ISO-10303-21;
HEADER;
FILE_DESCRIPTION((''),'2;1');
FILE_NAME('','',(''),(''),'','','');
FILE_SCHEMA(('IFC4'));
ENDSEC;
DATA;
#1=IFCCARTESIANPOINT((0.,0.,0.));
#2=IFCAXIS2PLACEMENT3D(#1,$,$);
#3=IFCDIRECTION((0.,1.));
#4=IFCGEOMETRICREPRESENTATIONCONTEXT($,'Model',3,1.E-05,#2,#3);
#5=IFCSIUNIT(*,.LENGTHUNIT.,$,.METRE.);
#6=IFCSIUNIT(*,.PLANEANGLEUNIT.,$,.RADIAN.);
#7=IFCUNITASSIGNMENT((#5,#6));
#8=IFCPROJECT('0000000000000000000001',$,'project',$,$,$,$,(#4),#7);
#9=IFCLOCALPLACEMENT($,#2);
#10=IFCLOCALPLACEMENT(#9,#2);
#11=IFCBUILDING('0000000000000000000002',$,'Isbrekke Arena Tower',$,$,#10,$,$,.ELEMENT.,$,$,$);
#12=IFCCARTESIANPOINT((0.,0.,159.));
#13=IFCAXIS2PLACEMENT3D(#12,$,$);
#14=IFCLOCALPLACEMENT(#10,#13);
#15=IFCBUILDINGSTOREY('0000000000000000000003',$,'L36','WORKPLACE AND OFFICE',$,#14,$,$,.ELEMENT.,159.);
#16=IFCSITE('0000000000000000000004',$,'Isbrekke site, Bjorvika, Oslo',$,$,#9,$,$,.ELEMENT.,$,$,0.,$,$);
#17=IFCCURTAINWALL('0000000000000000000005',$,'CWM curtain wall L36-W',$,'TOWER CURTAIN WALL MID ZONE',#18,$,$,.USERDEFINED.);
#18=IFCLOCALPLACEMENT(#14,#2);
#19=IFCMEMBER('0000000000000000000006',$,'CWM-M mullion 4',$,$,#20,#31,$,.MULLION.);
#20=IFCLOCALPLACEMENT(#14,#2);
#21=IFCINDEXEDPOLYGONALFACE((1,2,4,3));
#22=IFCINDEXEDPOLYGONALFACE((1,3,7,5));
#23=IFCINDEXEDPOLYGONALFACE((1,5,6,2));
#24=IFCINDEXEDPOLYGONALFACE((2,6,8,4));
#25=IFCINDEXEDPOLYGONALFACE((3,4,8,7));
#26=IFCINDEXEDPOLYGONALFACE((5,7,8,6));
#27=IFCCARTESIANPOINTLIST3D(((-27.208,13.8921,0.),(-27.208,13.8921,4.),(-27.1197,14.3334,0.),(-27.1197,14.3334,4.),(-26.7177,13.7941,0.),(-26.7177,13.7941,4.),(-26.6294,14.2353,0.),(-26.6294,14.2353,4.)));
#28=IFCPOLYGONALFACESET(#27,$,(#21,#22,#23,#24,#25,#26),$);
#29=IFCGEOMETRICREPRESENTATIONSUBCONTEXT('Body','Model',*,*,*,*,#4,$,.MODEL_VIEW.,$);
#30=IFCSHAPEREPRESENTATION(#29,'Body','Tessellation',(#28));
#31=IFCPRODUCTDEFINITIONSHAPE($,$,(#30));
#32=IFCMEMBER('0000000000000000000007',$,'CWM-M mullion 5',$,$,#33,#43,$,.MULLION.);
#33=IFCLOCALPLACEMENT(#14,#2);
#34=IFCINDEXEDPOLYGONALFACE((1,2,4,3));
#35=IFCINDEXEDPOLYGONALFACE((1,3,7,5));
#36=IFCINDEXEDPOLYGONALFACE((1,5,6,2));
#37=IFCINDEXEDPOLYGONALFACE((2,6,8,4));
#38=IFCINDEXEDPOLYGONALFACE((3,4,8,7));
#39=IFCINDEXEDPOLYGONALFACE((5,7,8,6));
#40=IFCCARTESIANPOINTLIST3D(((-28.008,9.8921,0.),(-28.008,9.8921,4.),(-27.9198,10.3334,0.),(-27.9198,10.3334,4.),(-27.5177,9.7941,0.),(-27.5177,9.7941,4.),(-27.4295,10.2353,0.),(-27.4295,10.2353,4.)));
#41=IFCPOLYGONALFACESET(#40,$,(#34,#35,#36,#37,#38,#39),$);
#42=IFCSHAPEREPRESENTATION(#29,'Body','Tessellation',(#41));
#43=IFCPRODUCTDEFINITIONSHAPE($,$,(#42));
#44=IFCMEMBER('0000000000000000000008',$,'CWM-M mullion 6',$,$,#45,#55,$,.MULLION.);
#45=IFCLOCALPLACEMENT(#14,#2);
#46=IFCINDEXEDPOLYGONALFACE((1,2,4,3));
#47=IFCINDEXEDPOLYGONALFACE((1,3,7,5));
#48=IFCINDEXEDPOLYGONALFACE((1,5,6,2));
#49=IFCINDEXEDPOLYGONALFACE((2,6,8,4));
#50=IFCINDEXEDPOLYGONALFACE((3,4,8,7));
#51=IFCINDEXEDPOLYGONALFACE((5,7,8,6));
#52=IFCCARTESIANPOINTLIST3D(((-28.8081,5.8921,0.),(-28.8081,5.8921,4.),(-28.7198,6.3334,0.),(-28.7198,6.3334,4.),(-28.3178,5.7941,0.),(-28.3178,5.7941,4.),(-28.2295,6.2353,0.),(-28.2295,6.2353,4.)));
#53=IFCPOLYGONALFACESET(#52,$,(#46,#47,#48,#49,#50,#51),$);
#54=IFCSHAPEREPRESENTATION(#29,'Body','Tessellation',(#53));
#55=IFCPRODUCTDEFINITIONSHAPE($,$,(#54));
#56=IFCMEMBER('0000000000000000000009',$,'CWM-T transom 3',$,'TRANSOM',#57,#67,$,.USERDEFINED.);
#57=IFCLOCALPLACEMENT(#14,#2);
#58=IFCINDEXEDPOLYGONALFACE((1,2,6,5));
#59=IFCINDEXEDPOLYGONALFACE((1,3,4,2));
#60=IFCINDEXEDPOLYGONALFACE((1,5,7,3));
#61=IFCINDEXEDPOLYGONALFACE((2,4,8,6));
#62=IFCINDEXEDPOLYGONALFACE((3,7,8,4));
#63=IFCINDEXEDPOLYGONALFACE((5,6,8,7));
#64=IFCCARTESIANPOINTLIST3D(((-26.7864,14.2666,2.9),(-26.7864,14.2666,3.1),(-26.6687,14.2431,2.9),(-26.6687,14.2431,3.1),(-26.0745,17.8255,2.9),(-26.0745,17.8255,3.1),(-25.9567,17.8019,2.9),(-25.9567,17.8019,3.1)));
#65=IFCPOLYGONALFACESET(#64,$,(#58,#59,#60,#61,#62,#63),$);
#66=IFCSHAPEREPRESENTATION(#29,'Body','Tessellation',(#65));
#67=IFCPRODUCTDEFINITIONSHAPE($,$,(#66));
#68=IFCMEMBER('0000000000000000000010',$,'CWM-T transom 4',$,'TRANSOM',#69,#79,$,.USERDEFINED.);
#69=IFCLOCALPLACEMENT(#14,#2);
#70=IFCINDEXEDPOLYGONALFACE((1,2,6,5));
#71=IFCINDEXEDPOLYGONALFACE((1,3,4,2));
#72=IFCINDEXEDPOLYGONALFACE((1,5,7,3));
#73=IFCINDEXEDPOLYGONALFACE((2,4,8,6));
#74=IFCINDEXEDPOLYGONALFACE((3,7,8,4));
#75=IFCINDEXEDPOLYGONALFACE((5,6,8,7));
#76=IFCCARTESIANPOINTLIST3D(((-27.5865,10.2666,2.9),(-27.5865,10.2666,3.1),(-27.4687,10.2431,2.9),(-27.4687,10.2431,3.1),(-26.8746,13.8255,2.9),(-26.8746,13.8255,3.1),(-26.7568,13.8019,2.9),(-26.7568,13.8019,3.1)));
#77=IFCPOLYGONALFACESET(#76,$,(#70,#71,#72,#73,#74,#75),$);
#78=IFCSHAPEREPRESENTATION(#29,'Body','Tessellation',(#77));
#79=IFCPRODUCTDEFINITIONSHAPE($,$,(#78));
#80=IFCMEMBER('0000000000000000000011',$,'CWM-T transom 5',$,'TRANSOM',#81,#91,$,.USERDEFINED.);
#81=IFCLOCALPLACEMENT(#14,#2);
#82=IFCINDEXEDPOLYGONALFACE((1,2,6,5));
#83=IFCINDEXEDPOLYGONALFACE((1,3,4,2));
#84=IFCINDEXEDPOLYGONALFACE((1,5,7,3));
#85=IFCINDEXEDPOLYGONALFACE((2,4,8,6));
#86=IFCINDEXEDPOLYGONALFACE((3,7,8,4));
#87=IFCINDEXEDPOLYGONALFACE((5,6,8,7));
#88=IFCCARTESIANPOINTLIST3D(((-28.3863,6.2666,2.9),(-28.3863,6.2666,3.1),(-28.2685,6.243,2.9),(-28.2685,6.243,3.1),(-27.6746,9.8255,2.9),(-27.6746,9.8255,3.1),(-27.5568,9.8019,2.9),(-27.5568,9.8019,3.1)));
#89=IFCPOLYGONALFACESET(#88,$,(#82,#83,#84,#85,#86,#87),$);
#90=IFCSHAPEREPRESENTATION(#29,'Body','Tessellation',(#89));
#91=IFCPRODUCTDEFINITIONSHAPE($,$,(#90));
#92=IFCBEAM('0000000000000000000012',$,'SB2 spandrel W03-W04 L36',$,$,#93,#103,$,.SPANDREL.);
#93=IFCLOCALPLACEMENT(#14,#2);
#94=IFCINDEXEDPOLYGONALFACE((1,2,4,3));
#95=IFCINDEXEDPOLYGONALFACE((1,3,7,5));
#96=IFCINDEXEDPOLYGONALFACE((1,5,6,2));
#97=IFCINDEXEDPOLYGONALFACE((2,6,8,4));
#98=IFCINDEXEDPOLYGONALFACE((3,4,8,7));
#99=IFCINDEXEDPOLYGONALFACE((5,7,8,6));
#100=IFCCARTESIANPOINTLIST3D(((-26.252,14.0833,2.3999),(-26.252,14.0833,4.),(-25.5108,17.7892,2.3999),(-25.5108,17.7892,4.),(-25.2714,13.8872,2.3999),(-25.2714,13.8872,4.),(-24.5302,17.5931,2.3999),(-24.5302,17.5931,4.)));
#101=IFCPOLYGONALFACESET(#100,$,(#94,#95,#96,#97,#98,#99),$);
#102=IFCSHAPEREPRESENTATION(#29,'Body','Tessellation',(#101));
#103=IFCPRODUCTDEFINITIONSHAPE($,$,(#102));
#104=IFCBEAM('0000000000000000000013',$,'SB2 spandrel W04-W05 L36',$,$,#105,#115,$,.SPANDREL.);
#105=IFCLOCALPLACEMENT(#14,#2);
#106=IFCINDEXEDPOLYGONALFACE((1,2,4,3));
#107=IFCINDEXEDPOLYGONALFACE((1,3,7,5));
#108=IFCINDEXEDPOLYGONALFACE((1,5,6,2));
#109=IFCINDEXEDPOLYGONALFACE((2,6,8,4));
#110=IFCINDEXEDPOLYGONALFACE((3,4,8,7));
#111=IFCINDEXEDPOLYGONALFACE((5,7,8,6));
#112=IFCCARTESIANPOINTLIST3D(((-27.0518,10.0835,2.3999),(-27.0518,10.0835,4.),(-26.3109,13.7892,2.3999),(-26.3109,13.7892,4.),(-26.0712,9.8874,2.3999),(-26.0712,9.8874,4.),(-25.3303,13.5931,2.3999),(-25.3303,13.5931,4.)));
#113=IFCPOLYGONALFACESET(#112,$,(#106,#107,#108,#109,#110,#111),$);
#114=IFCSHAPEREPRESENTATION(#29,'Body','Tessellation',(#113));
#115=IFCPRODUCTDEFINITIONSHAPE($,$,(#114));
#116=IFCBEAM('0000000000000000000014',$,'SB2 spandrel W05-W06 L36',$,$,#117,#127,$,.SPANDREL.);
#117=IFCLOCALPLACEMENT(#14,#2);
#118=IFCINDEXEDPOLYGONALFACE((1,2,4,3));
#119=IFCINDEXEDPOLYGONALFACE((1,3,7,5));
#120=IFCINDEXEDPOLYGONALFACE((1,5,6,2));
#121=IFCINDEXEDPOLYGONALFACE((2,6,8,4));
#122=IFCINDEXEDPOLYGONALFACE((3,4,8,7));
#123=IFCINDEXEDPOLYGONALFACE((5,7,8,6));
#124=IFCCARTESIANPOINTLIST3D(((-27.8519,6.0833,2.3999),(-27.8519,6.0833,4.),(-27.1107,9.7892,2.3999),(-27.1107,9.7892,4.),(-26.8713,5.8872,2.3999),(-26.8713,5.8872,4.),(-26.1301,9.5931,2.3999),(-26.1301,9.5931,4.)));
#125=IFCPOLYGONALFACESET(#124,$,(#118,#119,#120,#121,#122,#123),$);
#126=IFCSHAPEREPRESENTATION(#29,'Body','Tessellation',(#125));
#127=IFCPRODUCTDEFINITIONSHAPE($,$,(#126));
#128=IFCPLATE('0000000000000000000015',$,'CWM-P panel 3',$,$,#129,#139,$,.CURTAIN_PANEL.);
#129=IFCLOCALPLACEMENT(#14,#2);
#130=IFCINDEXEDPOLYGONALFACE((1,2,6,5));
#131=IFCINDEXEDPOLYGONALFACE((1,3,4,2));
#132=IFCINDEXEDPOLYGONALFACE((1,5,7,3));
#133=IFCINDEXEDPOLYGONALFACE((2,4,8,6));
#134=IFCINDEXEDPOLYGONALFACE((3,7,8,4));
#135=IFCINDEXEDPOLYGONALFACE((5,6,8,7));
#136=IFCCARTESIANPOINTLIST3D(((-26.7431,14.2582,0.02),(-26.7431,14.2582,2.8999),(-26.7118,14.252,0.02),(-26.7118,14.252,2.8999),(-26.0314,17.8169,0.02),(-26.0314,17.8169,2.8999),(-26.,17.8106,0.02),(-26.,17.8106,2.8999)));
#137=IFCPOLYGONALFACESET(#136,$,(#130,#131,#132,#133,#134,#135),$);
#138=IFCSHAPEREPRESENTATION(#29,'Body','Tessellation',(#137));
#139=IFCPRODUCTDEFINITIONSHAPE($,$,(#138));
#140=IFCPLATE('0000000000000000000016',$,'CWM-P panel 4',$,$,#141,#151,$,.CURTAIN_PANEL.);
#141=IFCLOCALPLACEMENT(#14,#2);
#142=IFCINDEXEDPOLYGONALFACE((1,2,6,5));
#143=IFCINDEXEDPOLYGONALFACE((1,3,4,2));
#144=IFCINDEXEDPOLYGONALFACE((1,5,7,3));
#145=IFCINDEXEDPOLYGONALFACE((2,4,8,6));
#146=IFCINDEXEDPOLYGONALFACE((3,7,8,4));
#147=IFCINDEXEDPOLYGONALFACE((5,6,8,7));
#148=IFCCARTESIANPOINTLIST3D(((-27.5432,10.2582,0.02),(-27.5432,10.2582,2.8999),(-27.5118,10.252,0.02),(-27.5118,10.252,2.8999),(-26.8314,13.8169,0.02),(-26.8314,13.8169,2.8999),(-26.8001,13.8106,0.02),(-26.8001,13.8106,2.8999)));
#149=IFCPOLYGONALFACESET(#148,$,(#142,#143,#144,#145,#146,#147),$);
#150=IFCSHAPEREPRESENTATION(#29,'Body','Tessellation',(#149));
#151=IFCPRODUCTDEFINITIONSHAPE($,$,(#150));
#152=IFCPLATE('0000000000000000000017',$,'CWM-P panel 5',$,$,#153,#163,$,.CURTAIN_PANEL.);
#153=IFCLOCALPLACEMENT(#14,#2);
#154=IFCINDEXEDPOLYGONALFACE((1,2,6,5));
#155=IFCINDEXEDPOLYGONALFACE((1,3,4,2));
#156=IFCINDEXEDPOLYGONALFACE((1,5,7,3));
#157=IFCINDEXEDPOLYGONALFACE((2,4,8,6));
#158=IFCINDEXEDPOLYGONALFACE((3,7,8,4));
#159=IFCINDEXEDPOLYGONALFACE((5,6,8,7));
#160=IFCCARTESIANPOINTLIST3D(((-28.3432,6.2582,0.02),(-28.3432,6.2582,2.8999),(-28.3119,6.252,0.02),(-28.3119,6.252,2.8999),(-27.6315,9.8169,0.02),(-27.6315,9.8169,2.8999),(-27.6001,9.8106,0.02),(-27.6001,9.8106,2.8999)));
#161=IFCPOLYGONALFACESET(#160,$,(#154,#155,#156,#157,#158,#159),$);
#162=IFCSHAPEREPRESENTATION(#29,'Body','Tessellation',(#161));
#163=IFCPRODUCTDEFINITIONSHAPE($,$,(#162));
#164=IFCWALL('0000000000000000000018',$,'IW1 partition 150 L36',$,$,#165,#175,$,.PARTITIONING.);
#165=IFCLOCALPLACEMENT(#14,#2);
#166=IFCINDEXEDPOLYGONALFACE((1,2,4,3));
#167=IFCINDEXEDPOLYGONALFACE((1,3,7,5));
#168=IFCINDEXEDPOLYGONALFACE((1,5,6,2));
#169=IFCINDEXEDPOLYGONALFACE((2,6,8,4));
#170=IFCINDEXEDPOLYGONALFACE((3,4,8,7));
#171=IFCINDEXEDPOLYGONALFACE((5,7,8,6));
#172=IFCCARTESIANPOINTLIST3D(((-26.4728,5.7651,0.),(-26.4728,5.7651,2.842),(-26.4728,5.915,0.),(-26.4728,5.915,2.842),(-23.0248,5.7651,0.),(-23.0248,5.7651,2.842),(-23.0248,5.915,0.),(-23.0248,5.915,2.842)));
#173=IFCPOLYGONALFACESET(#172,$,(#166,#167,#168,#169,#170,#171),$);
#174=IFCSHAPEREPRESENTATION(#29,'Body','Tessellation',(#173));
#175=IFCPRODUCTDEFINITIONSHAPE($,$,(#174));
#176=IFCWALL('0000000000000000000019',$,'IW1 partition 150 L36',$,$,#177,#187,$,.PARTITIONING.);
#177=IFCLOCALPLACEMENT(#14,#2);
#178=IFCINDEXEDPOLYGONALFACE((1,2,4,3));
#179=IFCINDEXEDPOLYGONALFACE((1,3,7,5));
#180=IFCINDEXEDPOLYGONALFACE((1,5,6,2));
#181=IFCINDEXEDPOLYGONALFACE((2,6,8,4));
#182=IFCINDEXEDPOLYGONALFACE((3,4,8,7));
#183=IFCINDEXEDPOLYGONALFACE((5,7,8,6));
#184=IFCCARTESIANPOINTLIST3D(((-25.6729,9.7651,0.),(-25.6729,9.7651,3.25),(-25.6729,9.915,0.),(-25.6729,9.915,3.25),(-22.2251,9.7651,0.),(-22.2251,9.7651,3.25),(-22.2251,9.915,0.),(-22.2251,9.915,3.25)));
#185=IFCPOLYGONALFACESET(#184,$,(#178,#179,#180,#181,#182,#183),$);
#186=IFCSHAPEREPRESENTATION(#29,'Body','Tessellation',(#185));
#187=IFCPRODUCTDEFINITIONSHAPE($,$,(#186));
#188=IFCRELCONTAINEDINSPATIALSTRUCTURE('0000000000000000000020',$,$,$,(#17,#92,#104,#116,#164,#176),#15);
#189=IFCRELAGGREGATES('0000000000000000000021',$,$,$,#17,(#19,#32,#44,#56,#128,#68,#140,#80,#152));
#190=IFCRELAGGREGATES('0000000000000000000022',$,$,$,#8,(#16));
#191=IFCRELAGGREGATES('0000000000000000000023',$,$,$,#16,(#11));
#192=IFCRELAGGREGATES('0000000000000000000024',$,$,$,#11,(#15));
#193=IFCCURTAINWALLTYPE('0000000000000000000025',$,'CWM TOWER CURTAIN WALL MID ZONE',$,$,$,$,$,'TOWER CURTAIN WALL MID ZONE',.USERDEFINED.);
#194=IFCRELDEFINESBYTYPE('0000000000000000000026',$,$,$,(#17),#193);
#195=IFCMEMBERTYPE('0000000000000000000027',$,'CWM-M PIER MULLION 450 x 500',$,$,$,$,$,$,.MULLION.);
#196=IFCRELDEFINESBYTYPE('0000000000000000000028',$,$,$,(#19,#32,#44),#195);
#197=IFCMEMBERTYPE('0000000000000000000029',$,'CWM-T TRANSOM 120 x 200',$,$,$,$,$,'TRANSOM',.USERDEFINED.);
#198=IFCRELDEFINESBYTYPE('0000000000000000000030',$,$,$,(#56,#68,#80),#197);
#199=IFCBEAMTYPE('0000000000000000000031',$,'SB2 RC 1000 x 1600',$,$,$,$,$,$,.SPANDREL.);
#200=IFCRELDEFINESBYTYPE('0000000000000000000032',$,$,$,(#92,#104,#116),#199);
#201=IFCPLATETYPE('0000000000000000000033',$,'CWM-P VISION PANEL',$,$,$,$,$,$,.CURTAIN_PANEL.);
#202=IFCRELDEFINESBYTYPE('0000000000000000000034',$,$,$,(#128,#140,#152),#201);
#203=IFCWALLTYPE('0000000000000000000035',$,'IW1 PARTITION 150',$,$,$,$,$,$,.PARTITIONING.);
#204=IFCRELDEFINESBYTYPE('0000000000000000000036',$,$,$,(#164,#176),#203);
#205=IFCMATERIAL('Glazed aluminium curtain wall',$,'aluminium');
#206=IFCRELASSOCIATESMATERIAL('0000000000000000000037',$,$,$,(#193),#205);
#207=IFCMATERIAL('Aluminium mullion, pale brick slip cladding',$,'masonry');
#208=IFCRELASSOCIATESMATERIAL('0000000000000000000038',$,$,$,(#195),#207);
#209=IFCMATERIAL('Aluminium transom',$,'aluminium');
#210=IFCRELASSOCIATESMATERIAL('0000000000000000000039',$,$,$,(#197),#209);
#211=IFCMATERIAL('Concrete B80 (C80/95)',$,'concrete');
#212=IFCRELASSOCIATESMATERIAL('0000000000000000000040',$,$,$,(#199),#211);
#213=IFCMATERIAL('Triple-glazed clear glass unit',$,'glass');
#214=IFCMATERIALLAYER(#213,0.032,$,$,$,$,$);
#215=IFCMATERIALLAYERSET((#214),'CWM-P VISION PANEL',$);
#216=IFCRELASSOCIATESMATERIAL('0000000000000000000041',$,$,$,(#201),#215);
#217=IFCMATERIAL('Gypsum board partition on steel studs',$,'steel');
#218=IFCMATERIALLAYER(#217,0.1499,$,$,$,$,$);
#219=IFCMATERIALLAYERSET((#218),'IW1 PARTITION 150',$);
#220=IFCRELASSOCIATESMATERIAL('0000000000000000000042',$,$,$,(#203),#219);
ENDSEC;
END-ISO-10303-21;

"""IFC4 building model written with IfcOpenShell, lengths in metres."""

from ifc_helpers import new_model, si_unit, direction, frame, frame_2d, origin, origin_2d, place, context, subcontext, project, spatial, rectangle, extrude, material, layer, layer_set, material_profile, profile_set, type_object, element, aggregate, save


model = new_model("IFC4")

# Units and contexts
model_context = context("Model", 3, precision=1e-05, world=origin(), true_north=direction((0.0, 1.0)))
body_context = subcontext(model_context, "Body", "Model", "MODEL_VIEW")
ifc_project = project(units=[si_unit("LENGTHUNIT", "METRE"), si_unit("PLANEANGLEUNIT", "RADIAN")], contexts=[model_context])

# Site, building, storey
site_placement = place(None, origin())
site = spatial("IfcSite", under=ifc_project, at=site_placement, Name="Isbrekke site, Bjorvika, Oslo", CompositionType="ELEMENT", RefElevation=0.0)
building_placement = place(site_placement, origin())
building = spatial("IfcBuilding", under=site, at=building_placement, Name="Isbrekke Arena Tower", CompositionType="ELEMENT")
storey_placement = place(building_placement, frame((0.0, 0.0, 159.0)))
storey = spatial("IfcBuildingStorey", under=building, at=storey_placement, Name="L36", Description="WORKPLACE AND OFFICE", CompositionType="ELEMENT", Elevation=159.0)

# Curtain wall, members
ifc_material_1 = material(Name="Glazed aluminium curtain wall", Category="aluminium")
curtain_wall_type = type_object("IfcCurtainWallType", Name="CWM TOWER CURTAIN WALL MID ZONE", ElementType="TOWER CURTAIN WALL MID ZONE", PredefinedType="USERDEFINED", material=ifc_material_1)
curtain_wall_placement = place(storey_placement, origin())
curtain_wall = element("IfcCurtainWall", 1, at=curtain_wall_placement, inside=storey, type_object=curtain_wall_type, Name="CWM curtain wall L36-W", ObjectType="TOWER CURTAIN WALL MID ZONE", PredefinedType="USERDEFINED")
ifc_material_2 = material(Name="Aluminium mullion, pale brick slip cladding", Category="masonry")
ifc_material_profile_1 = material_profile(ifc_material_2, rectangle(XDim=0.45, YDim=0.5, at=origin_2d()), Name="PIER 450X500")
ifc_profile_set_1 = profile_set([ifc_material_profile_1], Name="Aluminium mullion, pale brick slip cladding")
member_type_1 = type_object("IfcMemberType", Name="CWM-M PIER MULLION 450 x 500", PredefinedType="MULLION", material=ifc_profile_set_1)
member_1_placement = place(storey_placement, frame((-26.9187, 14.0637, 0.0), z_axis=(0.0, 0.0, 1.0), x_axis=(-0.196116, -0.980581, 0.0)))
member_1 = element("IfcMember", 2, at=member_1_placement, type_object=member_type_1, Name="CWM-M mullion 4", PredefinedType="MULLION", context=body_context, shape_type="SweptSolid", body=[
    extrude(rectangle(XDim=0.45, YDim=0.5, at=origin_2d()), origin(), (0.0, 0.0, 1.0), 4.0),
])
member_2_placement = place(storey_placement, frame((-27.7188, 10.0637, 0.0), z_axis=(0.0, 0.0, 1.0), x_axis=(-0.196116, -0.980581, 0.0)))
member_2 = element("IfcMember", 3, at=member_2_placement, type_object=member_type_1, Name="CWM-M mullion 5", PredefinedType="MULLION", context=body_context, shape_type="SweptSolid", body=[
    extrude(rectangle(XDim=0.45, YDim=0.5, at=origin_2d()), origin(), (0.0, 0.0, 1.0), 4.0),
])
member_3_placement = place(storey_placement, frame((-28.5188, 6.0637, 0.0), z_axis=(0.0, 0.0, 1.0), x_axis=(-0.196116, -0.980581, 0.0)))
member_3 = element("IfcMember", 4, at=member_3_placement, type_object=member_type_1, Name="CWM-M mullion 6", PredefinedType="MULLION", context=body_context, shape_type="SweptSolid", body=[
    extrude(rectangle(XDim=0.45, YDim=0.5, at=origin_2d()), origin(), (0.0, 0.0, 1.0), 4.0),
])
ifc_material_3 = material(Name="Aluminium transom", Category="aluminium")
ifc_material_profile_2 = material_profile(ifc_material_3, rectangle(XDim=0.1201, YDim=0.2, at=origin_2d()), Name="TRANSOM 120X200")
ifc_profile_set_2 = profile_set([ifc_material_profile_2], Name="Aluminium transom")
member_type_2 = type_object("IfcMemberType", Name="CWM-T TRANSOM 120 x 200", ElementType="TRANSOM", PredefinedType="USERDEFINED", material=ifc_profile_set_2)
member_4_placement = place(storey_placement, frame((-26.0156, 17.8137, 3.0), z_axis=(-0.196155, -0.980573, 0.0), x_axis=(0.980573, -0.196155, 0.0)))
member_4 = element("IfcMember", 5, at=member_4_placement, type_object=member_type_2, Name="CWM-T transom 3", ObjectType="TRANSOM", PredefinedType="USERDEFINED", context=body_context, shape_type="SweptSolid", body=[
    extrude(rectangle(XDim=0.1201, YDim=0.2, at=origin_2d()), origin(), (0.0, 0.0, 1.0), 3.6294),
])
member_5_placement = place(storey_placement, frame((-26.8157, 13.8137, 3.0), z_axis=(-0.196155, -0.980573, 0.0), x_axis=(0.980573, -0.196155, 0.0)))
member_5 = element("IfcMember", 6, at=member_5_placement, type_object=member_type_2, Name="CWM-T transom 4", ObjectType="TRANSOM", PredefinedType="USERDEFINED", context=body_context, shape_type="SweptSolid", body=[
    extrude(rectangle(XDim=0.1201, YDim=0.2, at=origin_2d()), origin(), (0.0, 0.0, 1.0), 3.6294),
])
member_6_placement = place(storey_placement, frame((-27.6157, 9.8137, 3.0), z_axis=(-0.19609, -0.980586, 0.0), x_axis=(0.980586, -0.19609, 0.0)))
member_6 = element("IfcMember", 7, at=member_6_placement, type_object=member_type_2, Name="CWM-T transom 5", ObjectType="TRANSOM", PredefinedType="USERDEFINED", context=body_context, shape_type="SweptSolid", body=[
    extrude(rectangle(XDim=0.1201, YDim=0.2, at=origin_2d()), origin(), (0.0, 0.0, 1.0), 3.6294),
])

# Beams
ifc_material_4 = material(Name="Concrete B80 (C80/95)", Category="concrete")
ifc_material_profile_3 = material_profile(ifc_material_4, rectangle(XDim=1.0, YDim=1.6001, at=origin_2d()), Name="RC 1000x1600")
ifc_profile_set_3 = profile_set([ifc_material_profile_3], Name="Concrete B80 (C80/95)")
beam_type_1 = type_object("IfcBeamType", Name="SB2 RC 1000 x 1600", PredefinedType="SPANDREL", material=ifc_profile_set_3)
beam_1_placement = place(storey_placement, frame((-25.0205, 17.6912, 3.2), z_axis=(-0.196129, -0.980578, 0.0), x_axis=(0.980578, -0.196129, 0.0)))
element("IfcBeam", 8, at=beam_1_placement, inside=storey, type_object=beam_type_1, Name="SB2 spandrel W03-W04 L36", PredefinedType="SPANDREL", context=body_context, shape_type="SweptSolid", body=[
    extrude(rectangle(XDim=1.0, YDim=1.6001, at=origin_2d()), origin(), (0.0, 0.0, 1.0), 3.7793),
])
beam_2_placement = place(storey_placement, frame((-25.8206, 13.6912, 3.2), z_axis=(-0.196066, -0.980591, 0.0), x_axis=(0.980591, -0.196066, 0.0)))
element("IfcBeam", 9, at=beam_2_placement, inside=storey, type_object=beam_type_1, Name="SB2 spandrel W04-W05 L36", PredefinedType="SPANDREL", context=body_context, shape_type="SweptSolid", body=[
    extrude(rectangle(XDim=1.0, YDim=1.6001, at=origin_2d()), origin(), (0.0, 0.0, 1.0), 3.7791),
])
beam_3_placement = place(storey_placement, frame((-26.6204, 9.6912, 3.2), z_axis=(-0.196129, -0.980578, 0.0), x_axis=(0.980578, -0.196129, 0.0)))
element("IfcBeam", 10, at=beam_3_placement, inside=storey, type_object=beam_type_1, Name="SB2 spandrel W05-W06 L36", PredefinedType="SPANDREL", context=body_context, shape_type="SweptSolid", body=[
    extrude(rectangle(XDim=1.0, YDim=1.6001, at=origin_2d()), origin(), (0.0, 0.0, 1.0), 3.7793),
])

# Plates
ifc_material_5 = material(Name="Triple-glazed clear glass unit", Category="glass")
ifc_layer_1 = layer(ifc_material_5, 0.032)
ifc_layer_set_1 = layer_set([ifc_layer_1], Name="CWM-P VISION PANEL")
plate_type = type_object("IfcPlateType", Name="CWM-P VISION PANEL", PredefinedType="CURTAIN_PANEL", material=ifc_layer_set_1)
plate_1_placement = place(storey_placement, frame((-26.3716, 16.0344, 0.02), z_axis=(0.0, 0.0, 1.0), x_axis=(-0.196116, -0.980581, 0.0)))
plate_1 = element("IfcPlate", 11, at=plate_1_placement, type_object=plate_type, Name="CWM-P panel 3", PredefinedType="CURTAIN_PANEL", context=body_context, shape_type="SweptSolid", body=[
    extrude(rectangle(XDim=3.6292, YDim=0.032, at=origin_2d()), origin(), (0.0, 0.0, 1.0), 2.8799),
])
plate_2_placement = place(storey_placement, frame((-27.1716, 12.0344, 0.02), z_axis=(0.0, 0.0, 1.0), x_axis=(-0.196116, -0.980581, 0.0)))
plate_2 = element("IfcPlate", 12, at=plate_2_placement, type_object=plate_type, Name="CWM-P panel 4", PredefinedType="CURTAIN_PANEL", context=body_context, shape_type="SweptSolid", body=[
    extrude(rectangle(XDim=3.6292, YDim=0.032, at=origin_2d()), origin(), (0.0, 0.0, 1.0), 2.8799),
])
plate_3_placement = place(storey_placement, frame((-27.9717, 8.0344, 0.02), z_axis=(0.0, 0.0, 1.0), x_axis=(-0.196116, -0.980581, 0.0)))
plate_3 = element("IfcPlate", 13, at=plate_3_placement, type_object=plate_type, Name="CWM-P panel 5", PredefinedType="CURTAIN_PANEL", context=body_context, shape_type="SweptSolid", body=[
    extrude(rectangle(XDim=3.6292, YDim=0.032, at=origin_2d()), origin(), (0.0, 0.0, 1.0), 2.8799),
])
aggregate(curtain_wall, [member_1, member_2, member_3, member_4, plate_1, member_5, plate_2, member_6, plate_3])

# Walls
ifc_material_6 = material(Name="Gypsum board partition on steel studs", Category="steel")
ifc_layer_2 = layer(ifc_material_6, 0.1499)
ifc_layer_set_2 = layer_set([ifc_layer_2], Name="IW1 PARTITION 150")
wall_type = type_object("IfcWallType", Name="IW1 PARTITION 150", PredefinedType="PARTITIONING", material=ifc_layer_set_2)
wall_1_placement = place(storey_placement, frame((-26.4729, 5.8401, 0.0), z_axis=(0.0, 0.0, 1.0), x_axis=(1.0, 0.0, 0.0)))
element("IfcWall", 14, at=wall_1_placement, inside=storey, type_object=wall_type, Name="IW1 partition 150 L36", PredefinedType="PARTITIONING", context=body_context, shape_type="SweptSolid", body=[
    extrude(rectangle(XDim=3.448, YDim=0.1499, at=frame_2d((1.7241, 0.0))), origin(), (0.0, 0.0, 1.0), 2.842),
])
for number, where, z_axis, x_axis, name in (
    (15, (-25.6729, 9.8401, 0.0), (0.0, 0.0, 1.0), (1.0, 0.0, 0.0), "IW1 partition 150 L36"),
):
    element("IfcWall", number, at=place(storey_placement, frame(where, z_axis=z_axis, x_axis=x_axis)), inside=storey, type_object=wall_type, Name=name, PredefinedType="PARTITIONING", context=body_context, shape_type="SweptSolid", body=[
        extrude(rectangle(XDim=3.4478, YDim=0.1499, at=frame_2d((1.7239, 0.0))), origin(), (0.0, 0.0, 1.0), 3.25),
    ])

save(model, "model.ifc")
